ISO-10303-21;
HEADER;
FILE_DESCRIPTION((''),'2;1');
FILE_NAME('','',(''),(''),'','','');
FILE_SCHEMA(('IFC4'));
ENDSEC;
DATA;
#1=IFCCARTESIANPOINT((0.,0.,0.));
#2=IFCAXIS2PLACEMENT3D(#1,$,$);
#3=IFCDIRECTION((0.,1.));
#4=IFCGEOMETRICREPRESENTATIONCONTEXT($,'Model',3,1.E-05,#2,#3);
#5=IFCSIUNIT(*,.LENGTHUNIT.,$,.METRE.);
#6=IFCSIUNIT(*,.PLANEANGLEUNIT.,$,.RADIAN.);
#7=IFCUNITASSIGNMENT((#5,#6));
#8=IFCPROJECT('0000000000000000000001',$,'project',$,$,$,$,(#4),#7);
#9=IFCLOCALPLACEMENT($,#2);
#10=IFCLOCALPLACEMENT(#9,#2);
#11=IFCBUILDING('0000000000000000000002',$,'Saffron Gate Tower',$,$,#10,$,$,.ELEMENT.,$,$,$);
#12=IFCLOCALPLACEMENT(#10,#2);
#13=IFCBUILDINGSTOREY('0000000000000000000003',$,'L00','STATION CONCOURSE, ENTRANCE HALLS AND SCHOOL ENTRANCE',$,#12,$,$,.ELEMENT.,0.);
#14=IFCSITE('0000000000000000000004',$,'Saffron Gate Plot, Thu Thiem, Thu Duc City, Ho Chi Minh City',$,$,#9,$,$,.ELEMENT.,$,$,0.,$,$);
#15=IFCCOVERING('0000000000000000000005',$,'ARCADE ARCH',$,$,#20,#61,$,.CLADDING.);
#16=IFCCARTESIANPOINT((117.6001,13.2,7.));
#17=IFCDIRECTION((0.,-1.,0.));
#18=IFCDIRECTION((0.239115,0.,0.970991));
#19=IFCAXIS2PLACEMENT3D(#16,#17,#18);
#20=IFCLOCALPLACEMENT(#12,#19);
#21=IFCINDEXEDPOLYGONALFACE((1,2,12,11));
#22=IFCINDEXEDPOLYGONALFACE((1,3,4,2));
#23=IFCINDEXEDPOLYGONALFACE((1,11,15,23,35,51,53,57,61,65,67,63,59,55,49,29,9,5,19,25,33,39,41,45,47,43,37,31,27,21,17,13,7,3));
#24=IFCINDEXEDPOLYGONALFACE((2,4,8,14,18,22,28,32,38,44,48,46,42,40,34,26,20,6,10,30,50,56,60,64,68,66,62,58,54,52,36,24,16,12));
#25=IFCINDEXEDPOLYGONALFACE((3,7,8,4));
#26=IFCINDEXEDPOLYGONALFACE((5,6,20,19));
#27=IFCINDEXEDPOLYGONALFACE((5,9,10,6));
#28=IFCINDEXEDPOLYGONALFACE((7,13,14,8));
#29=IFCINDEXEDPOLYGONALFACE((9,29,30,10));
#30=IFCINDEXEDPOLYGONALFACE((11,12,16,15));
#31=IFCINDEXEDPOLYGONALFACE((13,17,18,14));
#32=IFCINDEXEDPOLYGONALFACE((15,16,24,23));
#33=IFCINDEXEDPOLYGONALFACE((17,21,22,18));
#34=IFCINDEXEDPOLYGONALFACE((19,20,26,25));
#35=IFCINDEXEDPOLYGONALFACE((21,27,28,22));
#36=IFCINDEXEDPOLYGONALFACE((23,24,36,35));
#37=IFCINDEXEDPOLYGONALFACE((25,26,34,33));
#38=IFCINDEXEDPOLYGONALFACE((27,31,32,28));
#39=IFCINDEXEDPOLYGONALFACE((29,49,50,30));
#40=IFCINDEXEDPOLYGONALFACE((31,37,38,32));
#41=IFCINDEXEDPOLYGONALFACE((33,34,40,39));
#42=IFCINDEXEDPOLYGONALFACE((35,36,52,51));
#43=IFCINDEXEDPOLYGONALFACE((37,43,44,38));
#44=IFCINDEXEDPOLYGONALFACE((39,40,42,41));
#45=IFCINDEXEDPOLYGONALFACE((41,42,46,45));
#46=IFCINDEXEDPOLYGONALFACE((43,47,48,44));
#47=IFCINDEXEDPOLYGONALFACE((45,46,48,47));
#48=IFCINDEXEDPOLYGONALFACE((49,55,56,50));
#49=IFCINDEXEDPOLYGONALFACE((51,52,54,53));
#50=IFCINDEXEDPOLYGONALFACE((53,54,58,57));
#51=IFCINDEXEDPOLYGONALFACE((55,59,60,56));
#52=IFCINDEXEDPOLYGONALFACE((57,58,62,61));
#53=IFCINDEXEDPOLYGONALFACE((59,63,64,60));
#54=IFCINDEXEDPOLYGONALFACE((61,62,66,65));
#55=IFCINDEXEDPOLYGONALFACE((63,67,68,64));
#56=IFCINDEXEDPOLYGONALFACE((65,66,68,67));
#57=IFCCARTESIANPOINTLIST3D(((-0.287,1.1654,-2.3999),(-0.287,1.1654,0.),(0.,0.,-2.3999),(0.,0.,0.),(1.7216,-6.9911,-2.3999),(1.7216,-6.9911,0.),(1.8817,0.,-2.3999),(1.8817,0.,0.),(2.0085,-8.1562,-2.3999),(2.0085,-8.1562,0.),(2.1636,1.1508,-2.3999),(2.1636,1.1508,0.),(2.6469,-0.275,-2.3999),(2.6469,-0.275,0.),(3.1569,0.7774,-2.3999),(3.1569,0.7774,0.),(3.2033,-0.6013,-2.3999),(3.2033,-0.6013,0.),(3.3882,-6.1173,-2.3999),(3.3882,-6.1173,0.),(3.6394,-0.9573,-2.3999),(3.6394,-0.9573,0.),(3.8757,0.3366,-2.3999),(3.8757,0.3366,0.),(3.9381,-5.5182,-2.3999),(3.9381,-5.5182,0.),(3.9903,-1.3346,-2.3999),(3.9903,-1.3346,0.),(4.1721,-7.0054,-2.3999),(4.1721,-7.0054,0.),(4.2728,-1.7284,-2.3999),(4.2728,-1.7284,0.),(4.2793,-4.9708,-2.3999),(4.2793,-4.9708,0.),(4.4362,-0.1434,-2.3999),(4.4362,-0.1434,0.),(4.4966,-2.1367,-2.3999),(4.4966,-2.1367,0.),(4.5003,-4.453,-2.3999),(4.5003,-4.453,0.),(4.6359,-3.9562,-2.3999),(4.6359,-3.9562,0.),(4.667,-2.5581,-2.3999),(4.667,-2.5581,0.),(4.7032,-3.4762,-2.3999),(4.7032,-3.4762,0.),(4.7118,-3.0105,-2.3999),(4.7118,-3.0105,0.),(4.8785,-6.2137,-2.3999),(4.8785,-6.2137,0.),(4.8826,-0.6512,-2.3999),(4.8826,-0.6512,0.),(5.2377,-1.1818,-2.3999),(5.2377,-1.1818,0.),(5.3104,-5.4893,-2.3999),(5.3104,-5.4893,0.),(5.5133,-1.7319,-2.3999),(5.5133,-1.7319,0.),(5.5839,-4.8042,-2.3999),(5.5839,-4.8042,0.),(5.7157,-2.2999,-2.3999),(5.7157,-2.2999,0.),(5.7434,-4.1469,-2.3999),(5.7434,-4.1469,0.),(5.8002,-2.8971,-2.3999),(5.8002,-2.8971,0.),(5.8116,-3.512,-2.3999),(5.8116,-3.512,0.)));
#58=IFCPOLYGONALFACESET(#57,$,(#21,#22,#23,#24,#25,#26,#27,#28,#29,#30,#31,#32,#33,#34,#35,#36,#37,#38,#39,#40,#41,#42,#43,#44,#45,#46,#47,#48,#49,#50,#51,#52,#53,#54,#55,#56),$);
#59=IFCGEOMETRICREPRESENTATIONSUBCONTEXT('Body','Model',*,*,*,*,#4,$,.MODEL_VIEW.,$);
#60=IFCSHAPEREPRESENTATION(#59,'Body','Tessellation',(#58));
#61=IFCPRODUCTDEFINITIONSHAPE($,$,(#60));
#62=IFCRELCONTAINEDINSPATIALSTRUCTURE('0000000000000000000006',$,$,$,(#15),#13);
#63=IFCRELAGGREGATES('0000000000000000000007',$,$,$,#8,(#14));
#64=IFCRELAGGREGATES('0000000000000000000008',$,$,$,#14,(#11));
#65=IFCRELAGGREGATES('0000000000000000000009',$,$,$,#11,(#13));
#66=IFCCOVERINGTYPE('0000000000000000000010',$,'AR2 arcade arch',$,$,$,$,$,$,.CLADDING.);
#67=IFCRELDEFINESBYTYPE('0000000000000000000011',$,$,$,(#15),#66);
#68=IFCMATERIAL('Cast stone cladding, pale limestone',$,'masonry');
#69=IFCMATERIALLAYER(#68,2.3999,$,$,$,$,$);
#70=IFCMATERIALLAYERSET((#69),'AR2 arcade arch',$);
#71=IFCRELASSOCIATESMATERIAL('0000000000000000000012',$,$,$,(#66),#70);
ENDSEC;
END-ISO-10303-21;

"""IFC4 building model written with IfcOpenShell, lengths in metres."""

from ifc_helpers import new_model, si_unit, direction, frame, origin, place, context, subcontext, project, spatial, polyline, outline, extrude, material, layer, layer_set, type_object, element, save


model = new_model("IFC4")

# Units and contexts
model_context = context("Model", 3, precision=1e-05, world=origin(), true_north=direction((0.0, 1.0)))
body_context = subcontext(model_context, "Body", "Model", "MODEL_VIEW")
ifc_project = project(units=[si_unit("LENGTHUNIT", "METRE"), si_unit("PLANEANGLEUNIT", "RADIAN")], contexts=[model_context])

# Site, building, storey
site_placement = place(None, origin())
site = spatial("IfcSite", under=ifc_project, at=site_placement, Name="Saffron Gate Plot, Thu Thiem, Thu Duc City, Ho Chi Minh City", CompositionType="ELEMENT", RefElevation=0.0)
building_placement = place(site_placement, origin())
building = spatial("IfcBuilding", under=site, at=building_placement, Name="Saffron Gate Tower", CompositionType="ELEMENT")
storey_placement = place(building_placement, origin())
storey = spatial("IfcBuildingStorey", under=building, at=storey_placement, Name="L00", Description="STATION CONCOURSE, ENTRANCE HALLS AND SCHOOL ENTRANCE", CompositionType="ELEMENT", Elevation=0.0)

# Covering
ifc_material_1 = material(Name="Cast stone cladding, pale limestone", Category="masonry")
ifc_layer_1 = layer(ifc_material_1, 2.3999)
ifc_layer_set_1 = layer_set([ifc_layer_1], Name="AR2 arcade arch")
covering_type = type_object("IfcCoveringType", Name="AR2 arcade arch", PredefinedType="CLADDING", material=ifc_layer_set_1)
covering_placement = place(storey_placement, frame((117.6001, 13.2, 7.0), z_axis=(0.0, -1.0, 0.0), x_axis=(0.239115, 0.0, 0.970991)))
element("IfcCovering", 1, at=covering_placement, inside=storey, type_object=covering_type, Name="ARCADE ARCH", PredefinedType="CLADDING", context=body_context, shape_type="SweptSolid", body=[
    extrude(outline(polyline([(0.0, 0.0), (1.8817, 0.0), (2.6469, -0.275), (3.2033, -0.6013), (3.6394, -0.9573), (3.9903, -1.3346), (4.2728, -1.7284), (4.4966, -2.1367), (4.667, -2.5581), (4.7118, -3.0105), (4.7032, -3.4762), (4.6359, -3.9562), (4.5003, -4.453), (4.2793, -4.9708), (3.9381, -5.5182), (3.3882, -6.1173), (1.7216, -6.9911), (2.0085, -8.1562), (4.1721, -7.0054), (4.8785, -6.2137), (5.3104, -5.4893), (5.5839, -4.8042), (5.7434, -4.1469), (5.8116, -3.512), (5.8002, -2.8971), (5.7157, -2.2999), (5.5133, -1.7319), (5.2377, -1.1818), (4.8826, -0.6512), (4.4362, -0.1434), (3.8757, 0.3366), (3.1569, 0.7774), (2.1636, 1.1508), (-0.287, 1.1654), (0.0, 0.0)])), origin(), (0.0, 0.0, -1.0), 2.3999),
])

save(model, "model.ifc")
